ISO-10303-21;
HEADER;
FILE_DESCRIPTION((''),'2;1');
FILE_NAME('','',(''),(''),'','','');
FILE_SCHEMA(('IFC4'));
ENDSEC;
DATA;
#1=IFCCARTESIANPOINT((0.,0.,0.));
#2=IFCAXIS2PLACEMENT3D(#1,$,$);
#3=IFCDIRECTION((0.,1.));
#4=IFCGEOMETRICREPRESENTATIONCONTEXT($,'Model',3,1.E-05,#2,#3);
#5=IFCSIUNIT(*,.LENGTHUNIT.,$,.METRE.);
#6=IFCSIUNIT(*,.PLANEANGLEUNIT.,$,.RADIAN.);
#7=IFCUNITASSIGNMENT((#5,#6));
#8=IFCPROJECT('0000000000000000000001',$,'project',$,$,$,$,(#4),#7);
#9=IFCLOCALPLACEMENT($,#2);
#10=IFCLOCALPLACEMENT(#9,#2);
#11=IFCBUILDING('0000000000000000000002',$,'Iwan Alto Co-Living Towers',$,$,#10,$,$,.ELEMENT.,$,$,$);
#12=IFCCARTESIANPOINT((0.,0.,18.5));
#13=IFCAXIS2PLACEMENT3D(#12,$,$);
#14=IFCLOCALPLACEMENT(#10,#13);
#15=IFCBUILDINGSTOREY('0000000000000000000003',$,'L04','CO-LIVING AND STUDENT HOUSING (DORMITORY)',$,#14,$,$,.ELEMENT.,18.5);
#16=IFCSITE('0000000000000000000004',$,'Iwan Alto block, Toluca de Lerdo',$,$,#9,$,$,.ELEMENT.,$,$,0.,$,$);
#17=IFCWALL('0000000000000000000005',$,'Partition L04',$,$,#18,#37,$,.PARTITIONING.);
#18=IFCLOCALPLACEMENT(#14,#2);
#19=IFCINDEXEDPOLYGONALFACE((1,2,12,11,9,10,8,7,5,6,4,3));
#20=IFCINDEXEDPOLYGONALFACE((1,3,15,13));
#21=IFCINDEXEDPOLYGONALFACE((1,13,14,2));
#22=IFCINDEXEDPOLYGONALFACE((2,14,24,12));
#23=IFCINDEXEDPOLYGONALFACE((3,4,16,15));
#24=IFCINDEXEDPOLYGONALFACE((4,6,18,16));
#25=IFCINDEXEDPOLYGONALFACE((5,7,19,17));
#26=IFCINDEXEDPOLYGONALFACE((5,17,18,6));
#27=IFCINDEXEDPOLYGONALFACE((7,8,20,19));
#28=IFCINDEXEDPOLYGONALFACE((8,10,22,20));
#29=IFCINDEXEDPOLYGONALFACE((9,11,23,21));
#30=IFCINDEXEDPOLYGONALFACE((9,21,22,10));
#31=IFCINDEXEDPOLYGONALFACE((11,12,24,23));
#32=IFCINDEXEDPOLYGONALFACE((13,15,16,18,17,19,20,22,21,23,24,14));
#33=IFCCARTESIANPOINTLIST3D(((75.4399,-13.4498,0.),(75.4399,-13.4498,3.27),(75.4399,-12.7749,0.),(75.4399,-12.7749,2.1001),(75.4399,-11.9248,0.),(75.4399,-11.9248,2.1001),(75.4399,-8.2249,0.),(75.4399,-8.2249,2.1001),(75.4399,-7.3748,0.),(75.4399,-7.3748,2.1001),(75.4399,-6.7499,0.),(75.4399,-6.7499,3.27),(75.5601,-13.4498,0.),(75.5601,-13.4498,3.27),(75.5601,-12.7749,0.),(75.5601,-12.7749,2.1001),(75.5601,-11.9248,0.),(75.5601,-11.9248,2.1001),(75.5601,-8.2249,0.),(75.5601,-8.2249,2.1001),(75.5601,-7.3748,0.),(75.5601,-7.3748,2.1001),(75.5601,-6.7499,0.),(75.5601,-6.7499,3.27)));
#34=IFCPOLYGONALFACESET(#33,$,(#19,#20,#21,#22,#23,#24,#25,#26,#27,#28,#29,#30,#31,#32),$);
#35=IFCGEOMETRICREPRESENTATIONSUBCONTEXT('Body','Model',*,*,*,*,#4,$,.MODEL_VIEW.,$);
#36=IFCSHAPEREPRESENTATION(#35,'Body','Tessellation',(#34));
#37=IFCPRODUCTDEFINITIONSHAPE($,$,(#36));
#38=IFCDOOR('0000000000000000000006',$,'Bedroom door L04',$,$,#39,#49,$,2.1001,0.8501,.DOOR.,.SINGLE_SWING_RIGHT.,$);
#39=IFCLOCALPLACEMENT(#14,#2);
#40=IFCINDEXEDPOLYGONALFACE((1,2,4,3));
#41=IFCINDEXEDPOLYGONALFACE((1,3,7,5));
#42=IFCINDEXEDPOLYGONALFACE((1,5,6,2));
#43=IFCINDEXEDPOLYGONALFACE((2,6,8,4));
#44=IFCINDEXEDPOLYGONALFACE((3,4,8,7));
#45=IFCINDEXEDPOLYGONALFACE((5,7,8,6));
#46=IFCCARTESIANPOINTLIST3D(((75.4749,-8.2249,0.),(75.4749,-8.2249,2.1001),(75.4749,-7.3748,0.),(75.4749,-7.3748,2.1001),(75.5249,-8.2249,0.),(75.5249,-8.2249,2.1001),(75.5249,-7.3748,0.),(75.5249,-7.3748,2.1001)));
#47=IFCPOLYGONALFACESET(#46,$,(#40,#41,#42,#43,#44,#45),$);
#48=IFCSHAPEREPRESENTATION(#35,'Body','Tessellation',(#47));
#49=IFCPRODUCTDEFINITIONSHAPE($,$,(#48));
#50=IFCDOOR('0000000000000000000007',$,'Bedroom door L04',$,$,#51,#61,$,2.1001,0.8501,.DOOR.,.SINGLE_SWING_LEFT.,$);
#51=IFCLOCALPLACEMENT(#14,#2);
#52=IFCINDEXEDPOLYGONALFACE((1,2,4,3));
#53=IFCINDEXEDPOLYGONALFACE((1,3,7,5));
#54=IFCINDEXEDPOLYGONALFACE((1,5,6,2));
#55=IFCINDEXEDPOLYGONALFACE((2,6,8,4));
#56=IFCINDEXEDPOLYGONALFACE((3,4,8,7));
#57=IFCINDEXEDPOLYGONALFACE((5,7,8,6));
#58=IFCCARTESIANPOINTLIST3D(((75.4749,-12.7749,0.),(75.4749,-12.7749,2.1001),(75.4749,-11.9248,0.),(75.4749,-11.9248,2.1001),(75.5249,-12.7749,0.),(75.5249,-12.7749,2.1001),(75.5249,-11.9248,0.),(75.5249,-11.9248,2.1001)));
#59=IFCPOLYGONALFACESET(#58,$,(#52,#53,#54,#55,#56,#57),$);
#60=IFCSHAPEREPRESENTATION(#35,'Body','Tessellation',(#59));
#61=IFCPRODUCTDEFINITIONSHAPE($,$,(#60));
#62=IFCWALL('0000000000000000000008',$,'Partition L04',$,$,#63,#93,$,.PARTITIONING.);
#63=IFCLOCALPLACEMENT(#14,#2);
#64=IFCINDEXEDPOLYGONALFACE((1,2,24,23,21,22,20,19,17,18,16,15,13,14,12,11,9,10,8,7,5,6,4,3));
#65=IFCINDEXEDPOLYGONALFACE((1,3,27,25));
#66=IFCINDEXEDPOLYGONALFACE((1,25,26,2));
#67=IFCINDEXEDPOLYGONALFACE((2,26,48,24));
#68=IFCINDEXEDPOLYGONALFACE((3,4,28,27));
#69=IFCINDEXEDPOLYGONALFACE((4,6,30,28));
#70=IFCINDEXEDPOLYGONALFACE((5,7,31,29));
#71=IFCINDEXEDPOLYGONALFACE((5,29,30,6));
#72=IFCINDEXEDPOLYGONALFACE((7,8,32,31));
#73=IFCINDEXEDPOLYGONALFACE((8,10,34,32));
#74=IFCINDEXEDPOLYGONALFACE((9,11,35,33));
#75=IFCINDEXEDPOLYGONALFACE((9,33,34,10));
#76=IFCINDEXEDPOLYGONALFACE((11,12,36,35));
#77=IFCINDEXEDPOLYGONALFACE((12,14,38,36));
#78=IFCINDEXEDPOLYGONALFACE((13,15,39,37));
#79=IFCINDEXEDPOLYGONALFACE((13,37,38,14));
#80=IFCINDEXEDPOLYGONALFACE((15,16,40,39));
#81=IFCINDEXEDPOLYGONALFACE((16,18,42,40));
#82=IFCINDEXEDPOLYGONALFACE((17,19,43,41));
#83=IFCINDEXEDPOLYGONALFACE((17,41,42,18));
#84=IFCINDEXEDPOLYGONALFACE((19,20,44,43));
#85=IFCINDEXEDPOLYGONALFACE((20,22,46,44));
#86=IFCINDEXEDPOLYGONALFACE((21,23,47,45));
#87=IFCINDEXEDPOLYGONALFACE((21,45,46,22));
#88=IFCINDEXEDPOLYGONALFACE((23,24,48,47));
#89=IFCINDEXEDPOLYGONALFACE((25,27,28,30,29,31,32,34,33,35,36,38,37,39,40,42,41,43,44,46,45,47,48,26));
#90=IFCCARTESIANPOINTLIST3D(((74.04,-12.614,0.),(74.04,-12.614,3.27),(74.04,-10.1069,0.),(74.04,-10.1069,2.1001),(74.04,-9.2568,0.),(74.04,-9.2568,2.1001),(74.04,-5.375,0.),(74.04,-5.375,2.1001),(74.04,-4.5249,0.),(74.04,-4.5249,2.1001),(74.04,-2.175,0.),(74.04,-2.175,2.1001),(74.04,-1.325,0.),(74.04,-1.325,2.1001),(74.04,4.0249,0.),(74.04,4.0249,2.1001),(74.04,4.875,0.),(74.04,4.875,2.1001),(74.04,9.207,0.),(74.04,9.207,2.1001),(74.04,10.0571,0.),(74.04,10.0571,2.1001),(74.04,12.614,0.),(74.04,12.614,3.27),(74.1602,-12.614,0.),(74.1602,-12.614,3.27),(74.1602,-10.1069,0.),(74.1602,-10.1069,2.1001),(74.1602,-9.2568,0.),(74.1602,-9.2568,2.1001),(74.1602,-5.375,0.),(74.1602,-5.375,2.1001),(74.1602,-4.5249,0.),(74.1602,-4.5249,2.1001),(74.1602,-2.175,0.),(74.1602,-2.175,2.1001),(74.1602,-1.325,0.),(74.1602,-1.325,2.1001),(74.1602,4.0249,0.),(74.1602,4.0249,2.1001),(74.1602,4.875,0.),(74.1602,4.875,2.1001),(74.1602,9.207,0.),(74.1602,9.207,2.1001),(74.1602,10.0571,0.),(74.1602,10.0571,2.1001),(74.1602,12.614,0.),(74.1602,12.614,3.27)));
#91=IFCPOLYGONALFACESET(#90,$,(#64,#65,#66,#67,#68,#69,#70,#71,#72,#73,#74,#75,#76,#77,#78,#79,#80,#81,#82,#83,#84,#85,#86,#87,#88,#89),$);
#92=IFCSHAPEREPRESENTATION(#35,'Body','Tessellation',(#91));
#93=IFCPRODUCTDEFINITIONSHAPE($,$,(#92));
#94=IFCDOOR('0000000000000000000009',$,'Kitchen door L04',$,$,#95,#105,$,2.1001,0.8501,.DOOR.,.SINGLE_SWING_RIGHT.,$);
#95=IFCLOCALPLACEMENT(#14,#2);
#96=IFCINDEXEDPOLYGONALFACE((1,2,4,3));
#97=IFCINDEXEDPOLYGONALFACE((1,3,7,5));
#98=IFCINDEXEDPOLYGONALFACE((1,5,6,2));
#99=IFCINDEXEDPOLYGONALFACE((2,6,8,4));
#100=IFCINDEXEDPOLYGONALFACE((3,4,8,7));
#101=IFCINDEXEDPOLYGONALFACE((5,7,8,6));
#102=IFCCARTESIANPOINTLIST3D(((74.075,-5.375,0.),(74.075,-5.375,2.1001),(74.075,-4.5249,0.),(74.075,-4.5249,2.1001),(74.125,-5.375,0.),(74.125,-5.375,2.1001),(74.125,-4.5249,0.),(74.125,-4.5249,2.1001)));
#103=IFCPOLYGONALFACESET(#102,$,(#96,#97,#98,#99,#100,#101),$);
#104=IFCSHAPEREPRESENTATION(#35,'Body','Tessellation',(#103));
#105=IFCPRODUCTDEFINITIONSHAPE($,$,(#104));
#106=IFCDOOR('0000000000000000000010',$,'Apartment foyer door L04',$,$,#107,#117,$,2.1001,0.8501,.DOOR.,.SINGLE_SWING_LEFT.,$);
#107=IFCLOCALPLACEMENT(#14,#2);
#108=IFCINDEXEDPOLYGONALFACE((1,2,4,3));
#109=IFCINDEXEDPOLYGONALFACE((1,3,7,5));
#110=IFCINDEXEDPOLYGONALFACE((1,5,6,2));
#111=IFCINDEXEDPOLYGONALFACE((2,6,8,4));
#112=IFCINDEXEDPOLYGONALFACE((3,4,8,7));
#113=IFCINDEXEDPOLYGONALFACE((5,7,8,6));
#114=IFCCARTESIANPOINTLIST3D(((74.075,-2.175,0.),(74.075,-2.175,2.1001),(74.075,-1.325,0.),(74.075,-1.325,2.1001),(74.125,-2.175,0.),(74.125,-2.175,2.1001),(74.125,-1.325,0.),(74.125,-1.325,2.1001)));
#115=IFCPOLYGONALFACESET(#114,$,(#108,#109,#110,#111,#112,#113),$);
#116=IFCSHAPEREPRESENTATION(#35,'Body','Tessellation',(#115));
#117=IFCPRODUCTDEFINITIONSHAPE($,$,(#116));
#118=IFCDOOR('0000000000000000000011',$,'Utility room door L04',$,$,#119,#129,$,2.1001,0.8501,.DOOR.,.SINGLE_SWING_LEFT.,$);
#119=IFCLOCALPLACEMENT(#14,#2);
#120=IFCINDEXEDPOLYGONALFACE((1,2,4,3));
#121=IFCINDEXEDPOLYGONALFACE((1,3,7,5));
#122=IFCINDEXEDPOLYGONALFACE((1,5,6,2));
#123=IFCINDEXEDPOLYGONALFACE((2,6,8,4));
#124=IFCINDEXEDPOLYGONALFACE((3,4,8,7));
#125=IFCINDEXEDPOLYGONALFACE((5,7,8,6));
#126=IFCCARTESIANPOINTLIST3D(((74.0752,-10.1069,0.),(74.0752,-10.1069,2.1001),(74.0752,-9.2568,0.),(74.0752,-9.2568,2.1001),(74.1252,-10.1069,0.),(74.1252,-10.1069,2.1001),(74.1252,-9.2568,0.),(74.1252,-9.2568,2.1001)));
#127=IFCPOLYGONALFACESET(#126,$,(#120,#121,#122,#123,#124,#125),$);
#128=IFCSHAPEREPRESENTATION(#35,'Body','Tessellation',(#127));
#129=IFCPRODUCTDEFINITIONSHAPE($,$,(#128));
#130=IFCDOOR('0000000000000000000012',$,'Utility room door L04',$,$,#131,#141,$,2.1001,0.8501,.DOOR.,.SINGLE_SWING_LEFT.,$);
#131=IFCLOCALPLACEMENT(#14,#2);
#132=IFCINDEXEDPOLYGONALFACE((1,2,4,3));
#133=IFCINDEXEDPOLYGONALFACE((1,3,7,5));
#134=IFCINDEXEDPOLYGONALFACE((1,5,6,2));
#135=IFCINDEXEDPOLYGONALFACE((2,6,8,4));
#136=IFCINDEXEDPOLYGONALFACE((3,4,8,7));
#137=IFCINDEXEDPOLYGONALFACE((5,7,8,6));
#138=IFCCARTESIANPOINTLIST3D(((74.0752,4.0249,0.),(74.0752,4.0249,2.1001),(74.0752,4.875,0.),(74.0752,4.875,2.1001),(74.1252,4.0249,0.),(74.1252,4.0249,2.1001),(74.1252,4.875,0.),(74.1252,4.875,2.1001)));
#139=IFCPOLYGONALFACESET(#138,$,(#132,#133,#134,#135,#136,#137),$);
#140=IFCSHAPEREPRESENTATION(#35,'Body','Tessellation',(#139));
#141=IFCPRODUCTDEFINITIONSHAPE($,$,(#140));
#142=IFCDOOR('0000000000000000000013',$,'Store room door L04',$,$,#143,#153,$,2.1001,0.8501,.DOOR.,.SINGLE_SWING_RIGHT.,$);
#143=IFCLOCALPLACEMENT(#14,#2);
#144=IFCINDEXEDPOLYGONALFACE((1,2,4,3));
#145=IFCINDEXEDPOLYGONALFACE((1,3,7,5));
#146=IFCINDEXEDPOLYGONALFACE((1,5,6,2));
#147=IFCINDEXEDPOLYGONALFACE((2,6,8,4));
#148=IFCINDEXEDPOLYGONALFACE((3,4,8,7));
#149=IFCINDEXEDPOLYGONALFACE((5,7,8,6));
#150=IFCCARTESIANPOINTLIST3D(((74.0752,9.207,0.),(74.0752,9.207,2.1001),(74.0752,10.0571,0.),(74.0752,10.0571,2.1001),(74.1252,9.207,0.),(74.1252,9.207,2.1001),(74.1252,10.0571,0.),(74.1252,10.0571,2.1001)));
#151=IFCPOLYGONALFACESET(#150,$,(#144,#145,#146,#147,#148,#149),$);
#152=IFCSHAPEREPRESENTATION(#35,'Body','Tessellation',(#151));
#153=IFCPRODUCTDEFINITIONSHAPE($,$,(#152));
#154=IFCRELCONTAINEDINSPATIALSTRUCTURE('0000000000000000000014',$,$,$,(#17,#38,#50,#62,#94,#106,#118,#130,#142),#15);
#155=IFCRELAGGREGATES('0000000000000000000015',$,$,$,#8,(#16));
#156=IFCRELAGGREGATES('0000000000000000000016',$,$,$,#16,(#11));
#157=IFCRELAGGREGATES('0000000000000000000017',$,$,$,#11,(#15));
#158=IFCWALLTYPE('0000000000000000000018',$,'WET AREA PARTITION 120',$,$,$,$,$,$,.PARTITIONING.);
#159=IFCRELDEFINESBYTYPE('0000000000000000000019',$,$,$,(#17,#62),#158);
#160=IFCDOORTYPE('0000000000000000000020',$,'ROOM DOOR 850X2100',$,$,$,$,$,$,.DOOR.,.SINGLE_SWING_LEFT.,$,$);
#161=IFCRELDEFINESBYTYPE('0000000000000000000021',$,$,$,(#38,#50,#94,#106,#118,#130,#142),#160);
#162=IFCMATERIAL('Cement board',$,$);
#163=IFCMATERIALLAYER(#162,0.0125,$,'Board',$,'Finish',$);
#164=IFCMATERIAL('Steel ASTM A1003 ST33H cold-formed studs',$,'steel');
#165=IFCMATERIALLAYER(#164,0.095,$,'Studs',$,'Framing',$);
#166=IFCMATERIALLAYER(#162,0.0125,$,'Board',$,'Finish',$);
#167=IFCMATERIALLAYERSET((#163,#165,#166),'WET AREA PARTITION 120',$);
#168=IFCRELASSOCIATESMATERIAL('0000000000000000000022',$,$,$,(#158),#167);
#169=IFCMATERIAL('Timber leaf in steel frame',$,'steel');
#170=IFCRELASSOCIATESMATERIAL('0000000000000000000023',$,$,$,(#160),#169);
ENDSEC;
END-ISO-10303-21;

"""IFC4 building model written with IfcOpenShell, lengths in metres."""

from ifc_helpers import new_model, si_unit, direction, frame, frame_2d, origin, place, context, subcontext, project, spatial, rectangle, extrude, material, layer, layer_set, type_object, element, fill, save


model = new_model("IFC4")

# Units and contexts
model_context = context("Model", 3, precision=1e-05, world=origin(), true_north=direction((0.0, 1.0)))
body_context = subcontext(model_context, "Body", "Model", "MODEL_VIEW")
ifc_project = project(units=[si_unit("LENGTHUNIT", "METRE"), si_unit("PLANEANGLEUNIT", "RADIAN")], contexts=[model_context])

# Site, building, storey
site_placement = place(None, origin())
site = spatial("IfcSite", under=ifc_project, at=site_placement, Name="Iwan Alto block, Toluca de Lerdo", CompositionType="ELEMENT", RefElevation=0.0)
building_placement = place(site_placement, origin())
building = spatial("IfcBuilding", under=site, at=building_placement, Name="Iwan Alto Co-Living Towers", CompositionType="ELEMENT")
storey_placement = place(building_placement, frame((0.0, 0.0, 18.5)))
storey = spatial("IfcBuildingStorey", under=building, at=storey_placement, Name="L04", Description="CO-LIVING AND STUDENT HOUSING (DORMITORY)", CompositionType="ELEMENT", Elevation=18.5)

# Shared definitions
ifc_material_1 = material(Name="Steel ASTM A1003 ST33H cold-formed studs", Category="steel")
ifc_material_2 = material(Name="Cement board")
ifc_layer_1 = layer(ifc_material_2, 0.0125, Name="Board", Category="Finish")
ifc_layer_2 = layer(ifc_material_1, 0.095, Name="Studs", Category="Framing")
ifc_layer_3 = layer(ifc_material_2, 0.0125, Name="Board", Category="Finish")
ifc_layer_set_1 = layer_set([ifc_layer_1, ifc_layer_2, ifc_layer_3], Name="WET AREA PARTITION 120")
wall_type_1 = type_object("IfcWallType", Name="WET AREA PARTITION 120", PredefinedType="PARTITIONING", material=ifc_layer_set_1)

# Shared definitions
ifc_material_3 = material(Name="Timber leaf in steel frame", Category="steel")
door_type = type_object("IfcDoorType", Name="ROOM DOOR 850X2100", OperationType="SINGLE_SWING_LEFT", PredefinedType="DOOR", material=ifc_material_3)

# Walls, openings, doors
wall_1_placement = place(storey_placement, frame((75.5, -13.45, 0.0), z_axis=(0.0, 0.0, 1.0), x_axis=(0.0, 1.0, 0.0)))
wall_1 = element("IfcWall", 1, at=wall_1_placement, inside=storey, type_object=wall_type_1, Name="Partition L04", PredefinedType="PARTITIONING", context=body_context, shape_type="SweptSolid", body=[
    extrude(rectangle(XDim=6.7, YDim=0.1201, at=frame_2d((3.3501, 0.0))), origin(), (0.0, 0.0, 1.0), 3.27),
])
opening_1_placement = place(wall_1_placement, frame((5.2251, 0.0, 0.0)))
opening_1 = element("IfcOpeningElement", 2, at=opening_1_placement, cuts=wall_1, PredefinedType="OPENING", context=body_context, shape_type="SweptSolid", body=[
    extrude(rectangle(XDim=0.8501, YDim=2.1001, at=frame_2d((0.425, 1.05))), frame((0.0, 0.0701, 0.0), z_axis=(0.0, -1.0, 0.0), x_axis=(1.0, 0.0, 0.0)), (0.0, 0.0, 1.0), 0.1401),
])
opening_2_placement = place(wall_1_placement, frame((0.675, 0.0, 0.0)))
opening_2 = element("IfcOpeningElement", 3, at=opening_2_placement, cuts=wall_1, PredefinedType="OPENING", context=body_context, shape_type="SweptSolid", body=[
    extrude(rectangle(XDim=0.8501, YDim=2.1001, at=frame_2d((0.425, 1.05))), frame((0.0, 0.0701, 0.0), z_axis=(0.0, -1.0, 0.0), x_axis=(1.0, 0.0, 0.0)), (0.0, 0.0, 1.0), 0.1401),
])
door_1_placement = place(opening_1_placement, frame((0.8501, 0.0, 0.0), z_axis=(0.0, 0.0, 1.0), x_axis=(-1.0, 0.0, 0.0)))
door_1 = element("IfcDoor", 4, at=door_1_placement, inside=storey, type_object=door_type, Name="Bedroom door L04", OperationType="SINGLE_SWING_RIGHT", OverallHeight=2.1001, OverallWidth=0.8501, PredefinedType="DOOR", context=body_context, shape_type="SweptSolid", body=[
    extrude(rectangle(XDim=0.8501, YDim=2.1001, at=frame_2d((0.425, 1.05))), frame((0.0, 0.0249, 0.0), z_axis=(0.0, -1.0, 0.0), x_axis=(1.0, 0.0, 0.0)), (0.0, 0.0, 1.0), 0.05),
])
fill(opening_1, door_1)
door_2_placement = place(opening_2_placement, frame((0.8501, 0.0, 0.0), z_axis=(0.0, 0.0, 1.0), x_axis=(-1.0, 0.0, 0.0)))
door_2 = element("IfcDoor", 5, at=door_2_placement, inside=storey, type_object=door_type, Name="Bedroom door L04", OperationType="SINGLE_SWING_LEFT", OverallHeight=2.1001, OverallWidth=0.8501, PredefinedType="DOOR", context=body_context, shape_type="SweptSolid", body=[
    extrude(rectangle(XDim=0.8501, YDim=2.1001, at=frame_2d((0.425, 1.05))), frame((0.0, 0.0249, 0.0), z_axis=(0.0, -1.0, 0.0), x_axis=(1.0, 0.0, 0.0)), (0.0, 0.0, 1.0), 0.05),
])
fill(opening_2, door_2)
wall_2_placement = place(storey_placement, frame((74.1001, -12.614, 0.0), z_axis=(0.0, 0.0, 1.0), x_axis=(0.0, 1.0, 0.0)))
wall_2 = element("IfcWall", 6, at=wall_2_placement, inside=storey, type_object=wall_type_1, Name="Partition L04", PredefinedType="PARTITIONING", context=body_context, shape_type="SweptSolid", body=[
    extrude(rectangle(XDim=25.228, YDim=0.1201, at=frame_2d((12.614, 0.0))), origin(), (0.0, 0.0, 1.0), 3.27),
])
opening_3_placement = place(wall_2_placement, frame((7.239, 0.0, 0.0)))
opening_3 = element("IfcOpeningElement", 7, at=opening_3_placement, cuts=wall_2, PredefinedType="OPENING", context=body_context, shape_type="SweptSolid", body=[
    extrude(rectangle(XDim=0.8501, YDim=2.1001, at=frame_2d((0.425, 1.05))), frame((0.0, 0.0701, 0.0), z_axis=(0.0, -1.0, 0.0), x_axis=(1.0, 0.0, 0.0)), (0.0, 0.0, 1.0), 0.1401),
])
opening_4_placement = place(wall_2_placement, frame((10.439, 0.0, 0.0)))
opening_4 = element("IfcOpeningElement", 8, at=opening_4_placement, cuts=wall_2, PredefinedType="OPENING", context=body_context, shape_type="SweptSolid", body=[
    extrude(rectangle(XDim=0.8501, YDim=2.1001, at=frame_2d((0.425, 1.05))), frame((0.0, 0.0701, 0.0), z_axis=(0.0, -1.0, 0.0), x_axis=(1.0, 0.0, 0.0)), (0.0, 0.0, 1.0), 0.1401),
])
opening_5_placement = place(wall_2_placement, frame((2.5071, 0.0, 0.0)))
opening_5 = element("IfcOpeningElement", 9, at=opening_5_placement, cuts=wall_2, PredefinedType="OPENING", context=body_context, shape_type="SweptSolid", body=[
    extrude(rectangle(XDim=0.8501, YDim=2.1001, at=frame_2d((0.425, 1.05))), frame((0.0, 0.0701, 0.0), z_axis=(0.0, -1.0, 0.0), x_axis=(1.0, 0.0, 0.0)), (0.0, 0.0, 1.0), 0.1401),
])
opening_6_placement = place(wall_2_placement, frame((16.6389, 0.0, 0.0)))
opening_6 = element("IfcOpeningElement", 10, at=opening_6_placement, cuts=wall_2, PredefinedType="OPENING", context=body_context, shape_type="SweptSolid", body=[
    extrude(rectangle(XDim=0.8501, YDim=2.1001, at=frame_2d((0.425, 1.05))), frame((0.0, 0.0701, 0.0), z_axis=(0.0, -1.0, 0.0), x_axis=(1.0, 0.0, 0.0)), (0.0, 0.0, 1.0), 0.1401),
])
opening_7_placement = place(wall_2_placement, frame((21.821, 0.0, 0.0)))
opening_7 = element("IfcOpeningElement", 11, at=opening_7_placement, cuts=wall_2, PredefinedType="OPENING", context=body_context, shape_type="SweptSolid", body=[
    extrude(rectangle(XDim=0.8501, YDim=2.1001, at=frame_2d((0.425, 1.05))), frame((0.0, 0.0701, 0.0), z_axis=(0.0, -1.0, 0.0), x_axis=(1.0, 0.0, 0.0)), (0.0, 0.0, 1.0), 0.1401),
])
door_3_placement = place(opening_3_placement, frame((0.8501, 0.0, 0.0), z_axis=(0.0, 0.0, 1.0), x_axis=(-1.0, 0.0, 0.0)))
door_3 = element("IfcDoor", 12, at=door_3_placement, inside=storey, type_object=door_type, Name="Kitchen door L04", OperationType="SINGLE_SWING_RIGHT", OverallHeight=2.1001, OverallWidth=0.8501, PredefinedType="DOOR", context=body_context, shape_type="SweptSolid", body=[
    extrude(rectangle(XDim=0.8501, YDim=2.1001, at=frame_2d((0.425, 1.05))), frame((0.0, 0.0249, 0.0), z_axis=(0.0, -1.0, 0.0), x_axis=(1.0, 0.0, 0.0)), (0.0, 0.0, 1.0), 0.05),
])
fill(opening_3, door_3)
door_4_placement = place(opening_4_placement, frame((0.8501, 0.0, 0.0), z_axis=(0.0, 0.0, 1.0), x_axis=(-1.0, 0.0, 0.0)))
door_4 = element("IfcDoor", 13, at=door_4_placement, inside=storey, type_object=door_type, Name="Apartment foyer door L04", OperationType="SINGLE_SWING_LEFT", OverallHeight=2.1001, OverallWidth=0.8501, PredefinedType="DOOR", context=body_context, shape_type="SweptSolid", body=[
    extrude(rectangle(XDim=0.8501, YDim=2.1001, at=frame_2d((0.425, 1.05))), frame((0.0, 0.0249, 0.0), z_axis=(0.0, -1.0, 0.0), x_axis=(1.0, 0.0, 0.0)), (0.0, 0.0, 1.0), 0.05),
])
fill(opening_4, door_4)
door_5_placement = place(opening_5_placement, origin())
door_5 = element("IfcDoor", 14, at=door_5_placement, inside=storey, type_object=door_type, Name="Utility room door L04", OperationType="SINGLE_SWING_LEFT", OverallHeight=2.1001, OverallWidth=0.8501, PredefinedType="DOOR", context=body_context, shape_type="SweptSolid", body=[
    extrude(rectangle(XDim=0.8501, YDim=2.1001, at=frame_2d((0.425, 1.05))), frame((0.0, 0.0249, 0.0), z_axis=(0.0, -1.0, 0.0), x_axis=(1.0, 0.0, 0.0)), (0.0, 0.0, 1.0), 0.05),
])
fill(opening_5, door_5)
door_6_placement = place(opening_6_placement, origin())
door_6 = element("IfcDoor", 15, at=door_6_placement, inside=storey, type_object=door_type, Name="Utility room door L04", OperationType="SINGLE_SWING_LEFT", OverallHeight=2.1001, OverallWidth=0.8501, PredefinedType="DOOR", context=body_context, shape_type="SweptSolid", body=[
    extrude(rectangle(XDim=0.8501, YDim=2.1001, at=frame_2d((0.425, 1.05))), frame((0.0, 0.0249, 0.0), z_axis=(0.0, -1.0, 0.0), x_axis=(1.0, 0.0, 0.0)), (0.0, 0.0, 1.0), 0.05),
])
fill(opening_6, door_6)
door_7_placement = place(opening_7_placement, origin())
door_7 = element("IfcDoor", 16, at=door_7_placement, inside=storey, type_object=door_type, Name="Store room door L04", OperationType="SINGLE_SWING_RIGHT", OverallHeight=2.1001, OverallWidth=0.8501, PredefinedType="DOOR", context=body_context, shape_type="SweptSolid", body=[
    extrude(rectangle(XDim=0.8501, YDim=2.1001, at=frame_2d((0.425, 1.05))), frame((0.0, 0.0249, 0.0), z_axis=(0.0, -1.0, 0.0), x_axis=(1.0, 0.0, 0.0)), (0.0, 0.0, 1.0), 0.05),
])
fill(opening_7, door_7)

save(model, "model.ifc")
